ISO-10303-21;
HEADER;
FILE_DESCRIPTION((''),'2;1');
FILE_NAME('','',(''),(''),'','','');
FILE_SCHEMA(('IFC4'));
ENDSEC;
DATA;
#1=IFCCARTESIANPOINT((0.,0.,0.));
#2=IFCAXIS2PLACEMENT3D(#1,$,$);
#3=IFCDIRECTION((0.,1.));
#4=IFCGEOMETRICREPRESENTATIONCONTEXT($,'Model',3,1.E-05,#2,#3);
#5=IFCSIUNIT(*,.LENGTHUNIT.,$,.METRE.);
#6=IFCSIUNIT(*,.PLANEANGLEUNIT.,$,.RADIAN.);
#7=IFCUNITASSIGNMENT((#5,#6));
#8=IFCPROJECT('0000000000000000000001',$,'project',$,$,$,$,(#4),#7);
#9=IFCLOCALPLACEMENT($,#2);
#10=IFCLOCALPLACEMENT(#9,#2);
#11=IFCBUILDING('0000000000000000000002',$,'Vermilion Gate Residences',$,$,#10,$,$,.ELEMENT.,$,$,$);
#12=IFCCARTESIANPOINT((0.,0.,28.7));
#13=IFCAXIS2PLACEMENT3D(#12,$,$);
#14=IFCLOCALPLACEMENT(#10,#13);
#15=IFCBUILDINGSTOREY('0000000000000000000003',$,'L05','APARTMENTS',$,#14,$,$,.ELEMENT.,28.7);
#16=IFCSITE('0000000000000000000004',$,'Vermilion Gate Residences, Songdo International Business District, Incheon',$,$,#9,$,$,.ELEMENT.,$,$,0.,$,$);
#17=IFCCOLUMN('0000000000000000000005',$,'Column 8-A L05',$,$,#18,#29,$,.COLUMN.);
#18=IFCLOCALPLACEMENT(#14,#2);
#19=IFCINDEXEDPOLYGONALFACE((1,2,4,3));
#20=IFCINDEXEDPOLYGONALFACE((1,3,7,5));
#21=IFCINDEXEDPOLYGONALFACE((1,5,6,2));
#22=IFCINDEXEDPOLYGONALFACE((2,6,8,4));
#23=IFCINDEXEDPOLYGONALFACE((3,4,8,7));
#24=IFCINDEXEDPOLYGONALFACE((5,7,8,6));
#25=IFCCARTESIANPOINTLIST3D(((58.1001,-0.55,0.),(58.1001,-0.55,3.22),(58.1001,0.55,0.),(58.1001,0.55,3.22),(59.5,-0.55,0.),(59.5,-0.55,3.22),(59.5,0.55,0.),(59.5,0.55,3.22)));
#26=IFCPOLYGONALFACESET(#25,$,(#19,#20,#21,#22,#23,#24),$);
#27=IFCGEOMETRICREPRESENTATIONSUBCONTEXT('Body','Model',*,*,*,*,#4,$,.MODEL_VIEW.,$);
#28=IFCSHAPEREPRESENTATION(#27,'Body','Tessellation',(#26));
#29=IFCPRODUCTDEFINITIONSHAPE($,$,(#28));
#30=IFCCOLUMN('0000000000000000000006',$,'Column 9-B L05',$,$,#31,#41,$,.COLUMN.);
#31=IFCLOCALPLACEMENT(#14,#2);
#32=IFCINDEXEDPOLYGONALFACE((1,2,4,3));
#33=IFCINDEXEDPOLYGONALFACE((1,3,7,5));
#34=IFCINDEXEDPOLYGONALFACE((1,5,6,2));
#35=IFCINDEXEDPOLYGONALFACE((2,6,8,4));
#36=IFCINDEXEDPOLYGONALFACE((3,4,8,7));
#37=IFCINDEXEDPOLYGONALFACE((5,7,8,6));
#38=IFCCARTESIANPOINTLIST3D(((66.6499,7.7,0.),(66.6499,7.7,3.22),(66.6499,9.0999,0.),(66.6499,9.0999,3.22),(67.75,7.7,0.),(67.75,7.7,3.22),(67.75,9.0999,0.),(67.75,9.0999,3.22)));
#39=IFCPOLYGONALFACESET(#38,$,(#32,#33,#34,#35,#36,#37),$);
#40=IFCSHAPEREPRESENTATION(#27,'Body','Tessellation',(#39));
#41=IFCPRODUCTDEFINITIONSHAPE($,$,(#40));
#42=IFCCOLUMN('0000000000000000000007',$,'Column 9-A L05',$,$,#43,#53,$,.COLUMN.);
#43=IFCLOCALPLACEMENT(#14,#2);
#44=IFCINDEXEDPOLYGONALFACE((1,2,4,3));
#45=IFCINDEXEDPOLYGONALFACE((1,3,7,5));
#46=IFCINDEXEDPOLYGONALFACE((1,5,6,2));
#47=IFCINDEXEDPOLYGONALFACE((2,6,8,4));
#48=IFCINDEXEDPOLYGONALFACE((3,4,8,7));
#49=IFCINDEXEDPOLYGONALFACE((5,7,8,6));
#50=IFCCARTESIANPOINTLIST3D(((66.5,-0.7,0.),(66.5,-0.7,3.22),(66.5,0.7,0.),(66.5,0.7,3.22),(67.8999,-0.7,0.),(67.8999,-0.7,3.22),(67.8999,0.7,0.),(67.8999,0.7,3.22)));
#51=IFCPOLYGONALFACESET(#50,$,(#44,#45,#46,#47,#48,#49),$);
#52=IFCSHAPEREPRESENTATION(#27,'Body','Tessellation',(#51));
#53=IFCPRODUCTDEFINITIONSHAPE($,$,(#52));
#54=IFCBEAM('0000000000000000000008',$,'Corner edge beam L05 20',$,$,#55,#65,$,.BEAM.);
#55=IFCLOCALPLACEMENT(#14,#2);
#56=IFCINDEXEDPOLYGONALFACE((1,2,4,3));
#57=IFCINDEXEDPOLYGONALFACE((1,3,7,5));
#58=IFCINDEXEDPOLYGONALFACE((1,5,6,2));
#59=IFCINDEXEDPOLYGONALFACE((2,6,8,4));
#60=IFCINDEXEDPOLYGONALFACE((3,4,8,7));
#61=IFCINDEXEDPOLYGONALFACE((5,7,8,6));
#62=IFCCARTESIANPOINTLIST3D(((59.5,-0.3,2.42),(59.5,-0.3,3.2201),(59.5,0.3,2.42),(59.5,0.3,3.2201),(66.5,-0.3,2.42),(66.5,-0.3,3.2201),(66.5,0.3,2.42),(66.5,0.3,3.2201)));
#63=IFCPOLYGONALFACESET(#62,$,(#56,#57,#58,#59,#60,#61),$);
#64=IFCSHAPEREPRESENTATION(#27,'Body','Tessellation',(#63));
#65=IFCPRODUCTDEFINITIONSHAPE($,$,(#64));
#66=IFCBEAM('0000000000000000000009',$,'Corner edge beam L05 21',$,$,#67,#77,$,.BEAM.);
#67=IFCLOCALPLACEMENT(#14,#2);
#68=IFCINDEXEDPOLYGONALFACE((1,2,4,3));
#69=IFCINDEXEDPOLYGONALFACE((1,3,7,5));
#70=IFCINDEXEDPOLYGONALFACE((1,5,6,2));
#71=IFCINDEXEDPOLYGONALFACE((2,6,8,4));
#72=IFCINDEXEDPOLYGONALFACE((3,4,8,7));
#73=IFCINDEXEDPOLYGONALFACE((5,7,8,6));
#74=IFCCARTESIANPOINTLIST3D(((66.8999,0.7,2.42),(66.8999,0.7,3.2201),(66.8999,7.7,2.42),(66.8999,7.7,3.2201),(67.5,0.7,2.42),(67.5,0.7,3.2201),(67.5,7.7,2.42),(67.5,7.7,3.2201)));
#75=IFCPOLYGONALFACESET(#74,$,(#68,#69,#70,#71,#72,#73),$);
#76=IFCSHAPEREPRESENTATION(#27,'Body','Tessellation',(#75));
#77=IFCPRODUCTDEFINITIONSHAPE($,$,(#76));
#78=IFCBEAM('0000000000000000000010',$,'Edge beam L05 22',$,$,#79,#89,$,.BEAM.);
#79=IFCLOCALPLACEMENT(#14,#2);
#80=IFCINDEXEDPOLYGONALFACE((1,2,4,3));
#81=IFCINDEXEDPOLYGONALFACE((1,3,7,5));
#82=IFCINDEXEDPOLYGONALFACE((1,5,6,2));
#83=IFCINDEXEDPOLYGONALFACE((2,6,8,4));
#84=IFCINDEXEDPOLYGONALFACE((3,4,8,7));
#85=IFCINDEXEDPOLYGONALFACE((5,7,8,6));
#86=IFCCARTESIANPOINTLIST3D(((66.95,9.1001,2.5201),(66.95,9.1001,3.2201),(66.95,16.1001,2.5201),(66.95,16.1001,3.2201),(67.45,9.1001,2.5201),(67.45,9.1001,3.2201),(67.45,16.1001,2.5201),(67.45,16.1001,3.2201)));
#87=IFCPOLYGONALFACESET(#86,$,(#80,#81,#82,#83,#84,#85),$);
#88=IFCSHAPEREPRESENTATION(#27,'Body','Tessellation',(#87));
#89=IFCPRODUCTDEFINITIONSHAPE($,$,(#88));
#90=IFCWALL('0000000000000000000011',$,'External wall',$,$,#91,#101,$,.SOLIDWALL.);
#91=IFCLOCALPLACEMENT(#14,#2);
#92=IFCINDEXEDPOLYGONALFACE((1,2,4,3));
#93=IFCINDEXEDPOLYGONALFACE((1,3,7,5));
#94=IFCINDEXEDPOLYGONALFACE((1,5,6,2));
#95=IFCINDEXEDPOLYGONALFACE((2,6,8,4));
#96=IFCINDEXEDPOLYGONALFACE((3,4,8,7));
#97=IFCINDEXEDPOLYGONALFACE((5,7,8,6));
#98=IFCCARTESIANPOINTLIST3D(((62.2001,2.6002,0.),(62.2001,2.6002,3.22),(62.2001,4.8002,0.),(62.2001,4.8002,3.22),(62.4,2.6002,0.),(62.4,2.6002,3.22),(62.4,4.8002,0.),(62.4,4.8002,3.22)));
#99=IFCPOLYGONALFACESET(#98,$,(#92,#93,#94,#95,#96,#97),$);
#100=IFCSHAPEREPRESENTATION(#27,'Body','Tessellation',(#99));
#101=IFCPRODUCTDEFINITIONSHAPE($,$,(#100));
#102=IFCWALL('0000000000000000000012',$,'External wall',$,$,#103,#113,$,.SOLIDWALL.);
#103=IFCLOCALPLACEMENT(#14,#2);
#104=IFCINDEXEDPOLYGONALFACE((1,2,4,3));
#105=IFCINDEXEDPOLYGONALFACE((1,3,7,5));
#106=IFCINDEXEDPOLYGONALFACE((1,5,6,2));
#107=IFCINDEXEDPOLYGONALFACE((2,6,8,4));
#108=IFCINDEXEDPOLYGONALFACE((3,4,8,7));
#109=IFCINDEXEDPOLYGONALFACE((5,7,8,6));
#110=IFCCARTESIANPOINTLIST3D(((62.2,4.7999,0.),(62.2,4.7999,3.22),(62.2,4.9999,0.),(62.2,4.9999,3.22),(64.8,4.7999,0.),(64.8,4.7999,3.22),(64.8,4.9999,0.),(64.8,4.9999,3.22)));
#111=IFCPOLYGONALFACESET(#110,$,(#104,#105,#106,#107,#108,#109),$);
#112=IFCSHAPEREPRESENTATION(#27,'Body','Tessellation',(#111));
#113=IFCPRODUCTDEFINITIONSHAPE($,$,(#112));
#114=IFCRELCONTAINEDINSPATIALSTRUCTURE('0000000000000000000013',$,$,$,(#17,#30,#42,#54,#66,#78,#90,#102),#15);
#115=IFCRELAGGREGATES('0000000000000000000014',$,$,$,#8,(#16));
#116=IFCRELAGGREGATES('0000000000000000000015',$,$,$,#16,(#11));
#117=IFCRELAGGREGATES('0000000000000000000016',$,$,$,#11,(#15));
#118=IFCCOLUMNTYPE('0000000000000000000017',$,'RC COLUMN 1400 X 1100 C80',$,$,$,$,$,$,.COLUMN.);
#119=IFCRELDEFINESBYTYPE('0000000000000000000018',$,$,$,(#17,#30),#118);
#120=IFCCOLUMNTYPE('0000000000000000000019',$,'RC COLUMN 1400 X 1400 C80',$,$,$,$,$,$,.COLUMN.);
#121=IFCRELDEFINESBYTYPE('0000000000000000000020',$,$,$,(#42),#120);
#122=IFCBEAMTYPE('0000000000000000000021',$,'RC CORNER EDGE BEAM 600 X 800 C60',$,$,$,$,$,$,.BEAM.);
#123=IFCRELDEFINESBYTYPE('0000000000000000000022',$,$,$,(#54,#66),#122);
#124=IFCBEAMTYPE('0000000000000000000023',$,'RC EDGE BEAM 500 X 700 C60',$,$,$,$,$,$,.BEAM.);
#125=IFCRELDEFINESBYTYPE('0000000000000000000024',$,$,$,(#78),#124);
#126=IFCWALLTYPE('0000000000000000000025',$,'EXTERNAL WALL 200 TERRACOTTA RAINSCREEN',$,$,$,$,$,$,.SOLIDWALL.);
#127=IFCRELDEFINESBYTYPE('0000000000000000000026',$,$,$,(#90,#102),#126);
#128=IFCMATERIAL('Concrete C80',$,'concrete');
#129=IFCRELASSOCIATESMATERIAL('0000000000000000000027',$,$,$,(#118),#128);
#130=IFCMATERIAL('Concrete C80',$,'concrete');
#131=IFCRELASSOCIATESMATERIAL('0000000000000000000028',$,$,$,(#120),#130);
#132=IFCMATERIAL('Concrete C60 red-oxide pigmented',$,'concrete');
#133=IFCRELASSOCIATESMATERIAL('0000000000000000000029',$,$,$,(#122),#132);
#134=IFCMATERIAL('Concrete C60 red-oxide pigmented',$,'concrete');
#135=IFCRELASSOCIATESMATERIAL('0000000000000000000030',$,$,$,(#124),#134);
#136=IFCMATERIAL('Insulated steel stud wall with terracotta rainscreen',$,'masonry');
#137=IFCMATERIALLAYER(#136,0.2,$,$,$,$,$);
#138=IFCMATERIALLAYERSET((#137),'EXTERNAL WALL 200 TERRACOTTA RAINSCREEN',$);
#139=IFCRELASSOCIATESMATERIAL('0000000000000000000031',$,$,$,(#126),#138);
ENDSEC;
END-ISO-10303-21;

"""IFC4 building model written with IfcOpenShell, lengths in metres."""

from ifc_helpers import new_model, si_unit, direction, frame, frame_2d, origin, origin_2d, place, context, subcontext, project, spatial, rectangle, extrude, material, layer, layer_set, material_profile, profile_set, type_object, element, save


model = new_model("IFC4")

# Units and contexts
model_context = context("Model", 3, precision=1e-05, world=origin(), true_north=direction((0.0, 1.0)))
body_context = subcontext(model_context, "Body", "Model", "MODEL_VIEW")
ifc_project = project(units=[si_unit("LENGTHUNIT", "METRE"), si_unit("PLANEANGLEUNIT", "RADIAN")], contexts=[model_context])

# Site, building, storey
site_placement = place(None, origin())
site = spatial("IfcSite", under=ifc_project, at=site_placement, Name="Vermilion Gate Residences, Songdo International Business District, Incheon", CompositionType="ELEMENT", RefElevation=0.0)
building_placement = place(site_placement, origin())
building = spatial("IfcBuilding", under=site, at=building_placement, Name="Vermilion Gate Residences", CompositionType="ELEMENT")
storey_placement = place(building_placement, frame((0.0, 0.0, 28.7)))
storey = spatial("IfcBuildingStorey", under=building, at=storey_placement, Name="L05", Description="APARTMENTS", CompositionType="ELEMENT", Elevation=28.7)

# Columns
ifc_material_1 = material(Name="Concrete C80", Category="concrete")
ifc_material_profile_1 = material_profile(ifc_material_1, rectangle(XDim=1.3999, YDim=1.1001, at=origin_2d()), Name="RC-1400x1100")
ifc_profile_set_1 = profile_set([ifc_material_profile_1], Name="Concrete C80")
column_type_1 = type_object("IfcColumnType", Name="RC COLUMN 1400 X 1100 C80", PredefinedType="COLUMN", material=ifc_profile_set_1)
for number, where, z_axis, x_axis, name in (
    (1, (58.8, 0.0, 0.0), (0.0, 0.0, 1.0), (1.0, 0.0, 0.0), "Column 8-A L05"),
    (2, (67.2, 8.3999, 0.0), (0.0, 0.0, 1.0), (0.0, 1.0, 0.0), "Column 9-B L05"),
):
    element("IfcColumn", number, at=place(storey_placement, frame(where, z_axis=z_axis, x_axis=x_axis)), inside=storey, type_object=column_type_1, Name=name, PredefinedType="COLUMN", context=body_context, shape_type="SweptSolid", body=[
        extrude(rectangle(XDim=1.3999, YDim=1.1001, at=origin_2d()), origin(), (0.0, 0.0, 1.0), 3.22),
    ])
ifc_material_2 = material(Name="Concrete C80", Category="concrete")
ifc_material_profile_2 = material_profile(ifc_material_2, rectangle(XDim=1.3999, YDim=1.3999, at=origin_2d()), Name="RC-1400x1400")
ifc_profile_set_2 = profile_set([ifc_material_profile_2], Name="Concrete C80")
column_type_2 = type_object("IfcColumnType", Name="RC COLUMN 1400 X 1400 C80", PredefinedType="COLUMN", material=ifc_profile_set_2)
column_placement = place(storey_placement, frame((67.2, 0.0, 0.0), z_axis=(0.0, 0.0, 1.0), x_axis=(1.0, 0.0, 0.0)))
element("IfcColumn", 3, at=column_placement, inside=storey, type_object=column_type_2, Name="Column 9-A L05", PredefinedType="COLUMN", context=body_context, shape_type="SweptSolid", body=[
    extrude(rectangle(XDim=1.3999, YDim=1.3999, at=origin_2d()), origin(), (0.0, 0.0, 1.0), 3.22),
])

# Beams
ifc_material_3 = material(Name="Concrete C60 red-oxide pigmented", Category="concrete")
ifc_material_profile_3 = material_profile(ifc_material_3, rectangle(XDim=0.6001, YDim=0.8, at=origin_2d()), Name="RC-600x800")
ifc_profile_set_3 = profile_set([ifc_material_profile_3], Name="Concrete C60 red-oxide pigmented")
beam_type_1 = type_object("IfcBeamType", Name="RC CORNER EDGE BEAM 600 X 800 C60", PredefinedType="BEAM", material=ifc_profile_set_3)
for number, where, z_axis, x_axis, name in (
    (4, (59.5, 0.0, 2.8201), (1.0, 0.0, 0.0), (0.0, 1.0, 0.0), "Corner edge beam L05 20"),
    (5, (67.2, 0.7, 2.8201), (0.0, 1.0, 0.0), (-1.0, 0.0, 0.0), "Corner edge beam L05 21"),
):
    element("IfcBeam", number, at=place(storey_placement, frame(where, z_axis=z_axis, x_axis=x_axis)), inside=storey, type_object=beam_type_1, Name=name, PredefinedType="BEAM", context=body_context, shape_type="SweptSolid", body=[
        extrude(rectangle(XDim=0.6001, YDim=0.8, at=origin_2d()), origin(), (0.0, 0.0, 1.0), 7.0),
    ])
ifc_material_4 = material(Name="Concrete C60 red-oxide pigmented", Category="concrete")
ifc_material_profile_4 = material_profile(ifc_material_4, rectangle(XDim=0.5, YDim=0.7, at=origin_2d()), Name="RC-500x700")
ifc_profile_set_4 = profile_set([ifc_material_profile_4], Name="Concrete C60 red-oxide pigmented")
beam_type_2 = type_object("IfcBeamType", Name="RC EDGE BEAM 500 X 700 C60", PredefinedType="BEAM", material=ifc_profile_set_4)
beam_placement = place(storey_placement, frame((67.2, 9.1001, 2.8701), z_axis=(0.0, 1.0, 0.0), x_axis=(-1.0, 0.0, 0.0)))
element("IfcBeam", 6, at=beam_placement, inside=storey, type_object=beam_type_2, Name="Edge beam L05 22", PredefinedType="BEAM", context=body_context, shape_type="SweptSolid", body=[
    extrude(rectangle(XDim=0.5, YDim=0.7, at=origin_2d()), origin(), (0.0, 0.0, 1.0), 7.0),
])

# Walls
ifc_material_5 = material(Name="Insulated steel stud wall with terracotta rainscreen", Category="masonry")
ifc_layer_1 = layer(ifc_material_5, 0.2)
ifc_layer_set_1 = layer_set([ifc_layer_1], Name="EXTERNAL WALL 200 TERRACOTTA RAINSCREEN")
wall_type_1 = type_object("IfcWallType", Name="EXTERNAL WALL 200 TERRACOTTA RAINSCREEN", PredefinedType="SOLIDWALL", material=ifc_layer_set_1)
wall_1_placement = place(storey_placement, frame((62.3, 2.6001, 0.0), z_axis=(0.0, 0.0, 1.0), x_axis=(0.0, 1.0, 0.0)))
element("IfcWall", 7, at=wall_1_placement, inside=storey, type_object=wall_type_1, Name="External wall", PredefinedType="SOLIDWALL", context=body_context, shape_type="SweptSolid", body=[
    extrude(rectangle(XDim=2.2, YDim=0.2, at=frame_2d((1.1001, 0.0))), origin(), (0.0, 0.0, 1.0), 3.22),
])
wall_2_placement = place(storey_placement, frame((62.2, 4.8999, 0.0), z_axis=(0.0, 0.0, 1.0), x_axis=(1.0, 0.0, 0.0)))
element("IfcWall", 8, at=wall_2_placement, inside=storey, type_object=wall_type_1, Name="External wall", PredefinedType="SOLIDWALL", context=body_context, shape_type="SweptSolid", body=[
    extrude(rectangle(XDim=2.6001, YDim=0.2, at=frame_2d((1.3, 0.0))), origin(), (0.0, 0.0, 1.0), 3.22),
])

save(model, "model.ifc")
